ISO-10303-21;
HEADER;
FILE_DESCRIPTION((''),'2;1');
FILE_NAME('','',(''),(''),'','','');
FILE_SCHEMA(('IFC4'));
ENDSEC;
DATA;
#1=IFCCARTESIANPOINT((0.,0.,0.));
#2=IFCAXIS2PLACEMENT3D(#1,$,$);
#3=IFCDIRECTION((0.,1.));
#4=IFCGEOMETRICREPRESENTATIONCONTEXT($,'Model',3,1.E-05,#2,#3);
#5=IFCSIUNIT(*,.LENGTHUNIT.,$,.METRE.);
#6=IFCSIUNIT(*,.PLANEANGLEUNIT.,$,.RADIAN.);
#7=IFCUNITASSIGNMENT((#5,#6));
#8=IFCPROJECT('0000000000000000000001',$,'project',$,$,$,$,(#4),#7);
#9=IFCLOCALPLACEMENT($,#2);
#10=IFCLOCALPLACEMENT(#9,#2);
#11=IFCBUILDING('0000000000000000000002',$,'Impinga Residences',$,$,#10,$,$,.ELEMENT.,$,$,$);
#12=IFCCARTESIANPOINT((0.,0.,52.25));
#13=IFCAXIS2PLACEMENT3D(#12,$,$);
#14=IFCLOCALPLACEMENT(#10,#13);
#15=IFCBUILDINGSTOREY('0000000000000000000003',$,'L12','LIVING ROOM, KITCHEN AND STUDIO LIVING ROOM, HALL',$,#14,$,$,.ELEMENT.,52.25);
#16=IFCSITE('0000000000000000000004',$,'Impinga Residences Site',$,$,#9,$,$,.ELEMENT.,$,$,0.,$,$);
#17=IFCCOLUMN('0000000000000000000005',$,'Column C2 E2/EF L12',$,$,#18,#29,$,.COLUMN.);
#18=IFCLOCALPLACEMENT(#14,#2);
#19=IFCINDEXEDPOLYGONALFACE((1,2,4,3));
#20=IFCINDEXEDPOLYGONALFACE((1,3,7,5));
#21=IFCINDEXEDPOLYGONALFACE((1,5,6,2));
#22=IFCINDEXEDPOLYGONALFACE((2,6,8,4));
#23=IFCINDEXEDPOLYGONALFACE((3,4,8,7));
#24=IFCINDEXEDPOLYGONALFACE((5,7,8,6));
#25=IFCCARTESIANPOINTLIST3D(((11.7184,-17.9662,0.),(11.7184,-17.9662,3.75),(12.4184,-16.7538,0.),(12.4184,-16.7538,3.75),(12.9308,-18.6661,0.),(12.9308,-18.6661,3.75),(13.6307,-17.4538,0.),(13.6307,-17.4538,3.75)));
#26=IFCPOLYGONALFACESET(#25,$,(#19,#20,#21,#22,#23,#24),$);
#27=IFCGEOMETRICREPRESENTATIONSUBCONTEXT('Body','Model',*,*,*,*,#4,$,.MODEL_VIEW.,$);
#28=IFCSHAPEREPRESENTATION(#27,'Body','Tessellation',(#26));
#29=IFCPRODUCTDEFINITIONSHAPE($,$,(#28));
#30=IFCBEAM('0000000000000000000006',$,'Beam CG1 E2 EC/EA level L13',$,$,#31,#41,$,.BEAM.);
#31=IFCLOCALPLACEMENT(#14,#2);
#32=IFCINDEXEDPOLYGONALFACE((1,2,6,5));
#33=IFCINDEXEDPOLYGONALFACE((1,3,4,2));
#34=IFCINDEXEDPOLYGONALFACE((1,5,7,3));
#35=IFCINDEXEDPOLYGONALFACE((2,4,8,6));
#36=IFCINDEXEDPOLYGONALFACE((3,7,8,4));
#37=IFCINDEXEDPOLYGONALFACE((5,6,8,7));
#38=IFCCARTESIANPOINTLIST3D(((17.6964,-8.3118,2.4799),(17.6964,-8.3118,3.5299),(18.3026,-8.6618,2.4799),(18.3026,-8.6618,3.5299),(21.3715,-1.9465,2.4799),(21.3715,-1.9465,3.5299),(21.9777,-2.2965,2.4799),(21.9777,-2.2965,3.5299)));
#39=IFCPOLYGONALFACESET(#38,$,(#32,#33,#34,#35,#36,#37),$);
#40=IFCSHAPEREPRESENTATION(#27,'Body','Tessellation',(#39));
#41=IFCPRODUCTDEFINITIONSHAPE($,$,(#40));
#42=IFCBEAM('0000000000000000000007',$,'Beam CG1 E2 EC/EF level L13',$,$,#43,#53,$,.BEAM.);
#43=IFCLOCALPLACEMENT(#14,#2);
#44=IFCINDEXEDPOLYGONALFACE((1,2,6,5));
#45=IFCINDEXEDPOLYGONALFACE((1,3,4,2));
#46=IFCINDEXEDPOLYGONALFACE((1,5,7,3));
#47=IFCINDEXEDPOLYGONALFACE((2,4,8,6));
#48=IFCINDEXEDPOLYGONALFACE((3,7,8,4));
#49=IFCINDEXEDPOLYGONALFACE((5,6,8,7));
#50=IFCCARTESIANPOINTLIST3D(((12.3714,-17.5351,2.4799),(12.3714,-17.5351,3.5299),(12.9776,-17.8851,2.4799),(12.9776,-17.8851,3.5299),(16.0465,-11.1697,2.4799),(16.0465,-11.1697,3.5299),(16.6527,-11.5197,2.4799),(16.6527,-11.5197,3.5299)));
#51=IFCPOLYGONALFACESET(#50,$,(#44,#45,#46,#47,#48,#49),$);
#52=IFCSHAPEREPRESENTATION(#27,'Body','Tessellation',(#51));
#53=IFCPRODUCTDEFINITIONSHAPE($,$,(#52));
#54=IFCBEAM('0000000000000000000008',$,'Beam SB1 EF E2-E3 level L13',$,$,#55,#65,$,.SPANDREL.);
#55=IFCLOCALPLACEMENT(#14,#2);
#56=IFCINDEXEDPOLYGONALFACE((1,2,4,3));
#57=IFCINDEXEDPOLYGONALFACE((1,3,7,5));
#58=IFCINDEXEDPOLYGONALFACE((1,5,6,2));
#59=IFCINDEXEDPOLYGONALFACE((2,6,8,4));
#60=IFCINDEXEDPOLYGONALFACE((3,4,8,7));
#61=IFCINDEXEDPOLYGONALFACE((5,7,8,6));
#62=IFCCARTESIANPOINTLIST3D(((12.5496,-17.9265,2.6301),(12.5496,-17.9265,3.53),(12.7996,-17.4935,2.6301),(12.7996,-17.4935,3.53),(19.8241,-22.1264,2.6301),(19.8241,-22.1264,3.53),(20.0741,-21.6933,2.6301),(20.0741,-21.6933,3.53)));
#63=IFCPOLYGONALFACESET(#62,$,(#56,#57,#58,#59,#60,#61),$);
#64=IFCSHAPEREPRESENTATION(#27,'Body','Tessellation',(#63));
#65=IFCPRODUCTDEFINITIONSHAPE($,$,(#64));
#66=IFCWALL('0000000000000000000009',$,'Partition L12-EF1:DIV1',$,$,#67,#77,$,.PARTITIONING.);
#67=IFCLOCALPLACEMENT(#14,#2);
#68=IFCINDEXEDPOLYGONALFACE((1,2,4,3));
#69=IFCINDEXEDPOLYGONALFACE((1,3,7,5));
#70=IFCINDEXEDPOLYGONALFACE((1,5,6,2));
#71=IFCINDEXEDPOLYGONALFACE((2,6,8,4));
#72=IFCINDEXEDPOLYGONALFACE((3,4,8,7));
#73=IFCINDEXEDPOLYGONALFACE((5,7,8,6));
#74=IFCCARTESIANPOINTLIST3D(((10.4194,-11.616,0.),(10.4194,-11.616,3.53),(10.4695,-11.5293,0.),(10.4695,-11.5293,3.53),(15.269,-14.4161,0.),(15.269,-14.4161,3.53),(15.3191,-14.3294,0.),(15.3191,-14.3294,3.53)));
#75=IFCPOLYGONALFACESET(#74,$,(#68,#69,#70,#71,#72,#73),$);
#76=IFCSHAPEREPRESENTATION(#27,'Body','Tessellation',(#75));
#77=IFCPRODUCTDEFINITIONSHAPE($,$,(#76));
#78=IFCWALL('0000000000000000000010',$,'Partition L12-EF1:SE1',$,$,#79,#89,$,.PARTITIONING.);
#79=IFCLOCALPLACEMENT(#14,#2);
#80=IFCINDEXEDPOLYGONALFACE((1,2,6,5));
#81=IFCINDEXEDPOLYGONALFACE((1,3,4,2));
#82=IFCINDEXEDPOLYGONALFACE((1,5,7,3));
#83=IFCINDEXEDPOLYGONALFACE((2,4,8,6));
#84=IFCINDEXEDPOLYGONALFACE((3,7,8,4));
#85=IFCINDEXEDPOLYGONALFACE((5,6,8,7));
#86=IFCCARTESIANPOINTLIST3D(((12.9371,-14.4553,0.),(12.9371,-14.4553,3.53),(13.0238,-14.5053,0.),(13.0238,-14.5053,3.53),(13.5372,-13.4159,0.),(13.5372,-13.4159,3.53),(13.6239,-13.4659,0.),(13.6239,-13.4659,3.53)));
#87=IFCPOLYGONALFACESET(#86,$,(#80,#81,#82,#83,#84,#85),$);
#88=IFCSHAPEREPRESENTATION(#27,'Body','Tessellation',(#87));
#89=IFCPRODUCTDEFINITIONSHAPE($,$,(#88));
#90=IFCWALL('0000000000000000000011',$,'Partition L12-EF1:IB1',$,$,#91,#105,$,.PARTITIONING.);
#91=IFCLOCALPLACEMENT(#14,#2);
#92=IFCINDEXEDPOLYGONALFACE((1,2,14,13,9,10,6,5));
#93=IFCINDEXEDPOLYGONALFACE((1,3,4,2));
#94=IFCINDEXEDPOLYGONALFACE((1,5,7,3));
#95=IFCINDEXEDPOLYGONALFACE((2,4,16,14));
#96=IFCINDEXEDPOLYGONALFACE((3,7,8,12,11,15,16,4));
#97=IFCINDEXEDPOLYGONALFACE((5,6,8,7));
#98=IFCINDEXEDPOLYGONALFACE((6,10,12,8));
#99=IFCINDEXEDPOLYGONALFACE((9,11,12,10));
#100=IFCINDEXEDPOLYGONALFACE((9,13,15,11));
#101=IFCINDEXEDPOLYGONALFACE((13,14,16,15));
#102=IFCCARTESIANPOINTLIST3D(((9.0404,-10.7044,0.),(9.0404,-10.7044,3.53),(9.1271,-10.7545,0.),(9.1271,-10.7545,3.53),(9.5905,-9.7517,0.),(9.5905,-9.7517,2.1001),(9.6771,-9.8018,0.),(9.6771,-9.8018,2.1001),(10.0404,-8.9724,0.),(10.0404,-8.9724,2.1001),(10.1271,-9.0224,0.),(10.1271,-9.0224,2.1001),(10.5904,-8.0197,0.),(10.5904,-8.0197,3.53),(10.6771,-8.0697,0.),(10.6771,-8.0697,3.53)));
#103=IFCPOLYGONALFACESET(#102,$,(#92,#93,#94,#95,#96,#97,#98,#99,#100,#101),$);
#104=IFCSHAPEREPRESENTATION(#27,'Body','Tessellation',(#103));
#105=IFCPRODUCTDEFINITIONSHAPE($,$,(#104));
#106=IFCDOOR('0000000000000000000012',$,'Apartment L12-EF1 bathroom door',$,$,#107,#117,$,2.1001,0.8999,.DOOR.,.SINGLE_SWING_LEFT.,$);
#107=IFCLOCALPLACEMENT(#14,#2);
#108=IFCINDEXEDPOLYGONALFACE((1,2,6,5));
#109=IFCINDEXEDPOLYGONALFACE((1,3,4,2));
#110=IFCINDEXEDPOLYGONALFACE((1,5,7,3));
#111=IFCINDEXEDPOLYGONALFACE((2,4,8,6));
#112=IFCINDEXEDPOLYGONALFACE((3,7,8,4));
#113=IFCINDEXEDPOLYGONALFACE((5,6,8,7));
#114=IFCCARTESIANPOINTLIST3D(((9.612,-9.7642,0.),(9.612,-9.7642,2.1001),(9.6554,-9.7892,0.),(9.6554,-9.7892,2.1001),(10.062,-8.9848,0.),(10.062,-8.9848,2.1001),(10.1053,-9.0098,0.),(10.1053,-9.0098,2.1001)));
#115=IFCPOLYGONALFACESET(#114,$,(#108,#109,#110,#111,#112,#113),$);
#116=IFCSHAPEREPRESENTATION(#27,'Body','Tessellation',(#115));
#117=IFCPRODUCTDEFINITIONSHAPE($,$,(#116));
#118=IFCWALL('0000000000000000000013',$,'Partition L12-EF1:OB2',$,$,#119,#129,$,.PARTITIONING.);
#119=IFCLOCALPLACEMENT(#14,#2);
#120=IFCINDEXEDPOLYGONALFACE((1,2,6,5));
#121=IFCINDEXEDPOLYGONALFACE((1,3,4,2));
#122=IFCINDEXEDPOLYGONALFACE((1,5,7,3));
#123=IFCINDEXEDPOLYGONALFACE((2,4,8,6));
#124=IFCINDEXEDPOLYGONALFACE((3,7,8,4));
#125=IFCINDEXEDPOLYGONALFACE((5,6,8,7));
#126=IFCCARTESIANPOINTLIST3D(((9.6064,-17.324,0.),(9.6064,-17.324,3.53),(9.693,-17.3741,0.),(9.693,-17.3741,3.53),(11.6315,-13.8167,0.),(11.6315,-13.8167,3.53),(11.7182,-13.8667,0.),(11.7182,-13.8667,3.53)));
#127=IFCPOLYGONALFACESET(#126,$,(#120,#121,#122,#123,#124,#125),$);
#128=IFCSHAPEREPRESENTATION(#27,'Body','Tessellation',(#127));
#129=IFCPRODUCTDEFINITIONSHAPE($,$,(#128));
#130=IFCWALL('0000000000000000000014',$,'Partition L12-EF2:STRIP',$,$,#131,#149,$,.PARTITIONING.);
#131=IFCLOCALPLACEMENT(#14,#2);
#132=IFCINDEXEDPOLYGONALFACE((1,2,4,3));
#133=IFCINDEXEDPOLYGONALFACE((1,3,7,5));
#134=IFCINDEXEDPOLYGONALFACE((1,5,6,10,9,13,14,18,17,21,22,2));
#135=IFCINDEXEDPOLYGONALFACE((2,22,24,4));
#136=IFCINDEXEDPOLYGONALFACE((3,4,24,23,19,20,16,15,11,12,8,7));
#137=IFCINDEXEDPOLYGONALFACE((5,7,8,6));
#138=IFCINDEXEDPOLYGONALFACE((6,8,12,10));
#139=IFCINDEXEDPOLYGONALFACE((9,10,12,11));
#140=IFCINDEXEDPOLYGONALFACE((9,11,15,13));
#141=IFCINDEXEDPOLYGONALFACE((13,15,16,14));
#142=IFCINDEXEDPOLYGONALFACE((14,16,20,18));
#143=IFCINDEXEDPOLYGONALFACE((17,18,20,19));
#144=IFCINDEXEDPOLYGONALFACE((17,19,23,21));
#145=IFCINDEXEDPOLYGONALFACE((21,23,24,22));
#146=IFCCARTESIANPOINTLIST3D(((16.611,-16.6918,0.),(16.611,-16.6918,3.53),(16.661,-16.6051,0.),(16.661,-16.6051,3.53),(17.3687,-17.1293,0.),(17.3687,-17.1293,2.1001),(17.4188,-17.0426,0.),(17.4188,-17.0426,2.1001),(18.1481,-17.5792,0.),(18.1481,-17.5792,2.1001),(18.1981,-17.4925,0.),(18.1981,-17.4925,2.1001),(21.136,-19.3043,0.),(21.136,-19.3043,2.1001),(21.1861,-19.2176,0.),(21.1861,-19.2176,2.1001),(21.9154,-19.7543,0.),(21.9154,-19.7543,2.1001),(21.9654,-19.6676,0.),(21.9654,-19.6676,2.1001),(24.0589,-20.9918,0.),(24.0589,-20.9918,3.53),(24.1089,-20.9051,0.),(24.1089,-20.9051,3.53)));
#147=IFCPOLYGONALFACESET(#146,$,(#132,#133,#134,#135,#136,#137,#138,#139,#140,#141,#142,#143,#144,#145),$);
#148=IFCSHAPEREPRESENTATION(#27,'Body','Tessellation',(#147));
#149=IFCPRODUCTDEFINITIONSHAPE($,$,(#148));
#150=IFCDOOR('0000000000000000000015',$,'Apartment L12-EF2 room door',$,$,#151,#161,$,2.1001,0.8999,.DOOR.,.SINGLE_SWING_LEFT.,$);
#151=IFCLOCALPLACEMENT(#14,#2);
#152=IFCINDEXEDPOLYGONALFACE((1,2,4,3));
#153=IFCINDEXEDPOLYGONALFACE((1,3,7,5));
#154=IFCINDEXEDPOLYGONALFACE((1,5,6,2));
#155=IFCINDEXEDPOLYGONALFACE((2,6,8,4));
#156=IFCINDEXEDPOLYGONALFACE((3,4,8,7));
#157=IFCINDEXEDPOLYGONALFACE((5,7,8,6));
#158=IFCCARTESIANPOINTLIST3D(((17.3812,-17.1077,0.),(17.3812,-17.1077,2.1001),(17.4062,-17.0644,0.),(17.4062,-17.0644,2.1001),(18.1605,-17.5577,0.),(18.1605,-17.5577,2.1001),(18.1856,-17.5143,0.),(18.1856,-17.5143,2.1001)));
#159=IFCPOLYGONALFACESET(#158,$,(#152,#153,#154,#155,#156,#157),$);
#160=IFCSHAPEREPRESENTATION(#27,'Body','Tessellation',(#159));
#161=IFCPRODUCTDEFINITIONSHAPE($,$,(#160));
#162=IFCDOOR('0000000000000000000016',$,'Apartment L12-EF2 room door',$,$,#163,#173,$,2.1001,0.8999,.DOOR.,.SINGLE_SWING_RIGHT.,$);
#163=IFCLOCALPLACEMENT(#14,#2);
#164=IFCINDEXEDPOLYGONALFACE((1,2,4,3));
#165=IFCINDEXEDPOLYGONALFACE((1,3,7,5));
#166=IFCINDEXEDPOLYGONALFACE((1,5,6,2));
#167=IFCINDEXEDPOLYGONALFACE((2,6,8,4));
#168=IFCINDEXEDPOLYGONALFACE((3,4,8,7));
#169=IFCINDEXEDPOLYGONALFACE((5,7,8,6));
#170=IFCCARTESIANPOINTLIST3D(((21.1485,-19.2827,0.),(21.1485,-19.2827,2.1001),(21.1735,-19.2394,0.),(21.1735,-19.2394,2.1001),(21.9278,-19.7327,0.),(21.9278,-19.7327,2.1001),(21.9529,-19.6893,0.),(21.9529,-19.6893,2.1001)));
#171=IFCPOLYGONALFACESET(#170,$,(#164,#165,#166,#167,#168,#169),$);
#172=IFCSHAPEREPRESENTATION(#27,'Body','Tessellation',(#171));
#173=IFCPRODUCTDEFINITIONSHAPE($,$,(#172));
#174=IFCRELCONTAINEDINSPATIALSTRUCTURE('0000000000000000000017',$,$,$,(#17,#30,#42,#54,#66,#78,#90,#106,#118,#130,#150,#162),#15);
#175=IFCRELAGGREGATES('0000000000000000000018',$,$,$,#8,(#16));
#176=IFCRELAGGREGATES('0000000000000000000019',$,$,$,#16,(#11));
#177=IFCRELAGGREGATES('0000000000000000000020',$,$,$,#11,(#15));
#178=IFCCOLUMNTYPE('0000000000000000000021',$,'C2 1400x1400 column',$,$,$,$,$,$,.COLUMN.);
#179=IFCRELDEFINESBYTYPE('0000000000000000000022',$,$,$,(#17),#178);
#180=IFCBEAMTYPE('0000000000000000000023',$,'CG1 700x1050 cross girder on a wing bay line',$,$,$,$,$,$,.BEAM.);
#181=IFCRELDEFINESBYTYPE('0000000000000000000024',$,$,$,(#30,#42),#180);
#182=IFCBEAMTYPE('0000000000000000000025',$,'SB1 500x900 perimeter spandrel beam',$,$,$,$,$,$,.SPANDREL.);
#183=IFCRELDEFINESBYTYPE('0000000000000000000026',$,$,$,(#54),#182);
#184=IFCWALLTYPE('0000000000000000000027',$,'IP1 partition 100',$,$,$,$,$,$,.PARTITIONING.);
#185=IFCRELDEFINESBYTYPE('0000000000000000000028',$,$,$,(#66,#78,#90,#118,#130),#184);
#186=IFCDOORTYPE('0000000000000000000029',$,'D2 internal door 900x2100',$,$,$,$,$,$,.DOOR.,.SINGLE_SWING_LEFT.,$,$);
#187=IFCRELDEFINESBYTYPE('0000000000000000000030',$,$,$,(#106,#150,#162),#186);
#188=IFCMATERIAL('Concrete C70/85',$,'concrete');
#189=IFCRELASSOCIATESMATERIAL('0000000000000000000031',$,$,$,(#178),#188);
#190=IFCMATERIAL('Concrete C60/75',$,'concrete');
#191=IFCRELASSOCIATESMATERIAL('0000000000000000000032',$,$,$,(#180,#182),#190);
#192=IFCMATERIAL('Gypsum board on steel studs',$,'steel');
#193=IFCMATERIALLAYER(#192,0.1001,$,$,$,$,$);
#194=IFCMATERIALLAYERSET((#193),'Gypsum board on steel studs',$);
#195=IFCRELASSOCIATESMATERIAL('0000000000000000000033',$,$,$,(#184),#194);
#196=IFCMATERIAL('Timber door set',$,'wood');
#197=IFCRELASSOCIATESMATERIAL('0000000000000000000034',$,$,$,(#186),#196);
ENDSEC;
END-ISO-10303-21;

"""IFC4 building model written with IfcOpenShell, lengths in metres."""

from ifc_helpers import new_model, si_unit, direction, frame, frame_2d, origin, origin_2d, place, context, subcontext, project, spatial, rectangle, extrude, material, layer, layer_set, material_profile, profile_set, type_object, element, fill, save


model = new_model("IFC4")

# Units and contexts
model_context = context("Model", 3, precision=1e-05, world=origin(), true_north=direction((0.0, 1.0)))
body_context = subcontext(model_context, "Body", "Model", "MODEL_VIEW")
ifc_project = project(units=[si_unit("LENGTHUNIT", "METRE"), si_unit("PLANEANGLEUNIT", "RADIAN")], contexts=[model_context])

# Site, building, storey
site_placement = place(None, origin())
site = spatial("IfcSite", under=ifc_project, at=site_placement, Name="Impinga Residences Site", CompositionType="ELEMENT", RefElevation=0.0)
building_placement = place(site_placement, origin())
building = spatial("IfcBuilding", under=site, at=building_placement, Name="Impinga Residences", CompositionType="ELEMENT")
storey_placement = place(building_placement, frame((0.0, 0.0, 52.25)))
storey = spatial("IfcBuildingStorey", under=building, at=storey_placement, Name="L12", Description="LIVING ROOM, KITCHEN AND STUDIO LIVING ROOM, HALL", CompositionType="ELEMENT", Elevation=52.25)

# Column
ifc_material_1 = material(Name="Concrete C70/85", Category="concrete")
ifc_material_profile_1 = material_profile(ifc_material_1, rectangle(XDim=1.3999, YDim=1.3999, at=origin_2d()), Name="RC 1400x1400")
ifc_profile_set_1 = profile_set([ifc_material_profile_1], Name="Concrete C70/85")
column_type = type_object("IfcColumnType", Name="C2 1400x1400 column", PredefinedType="COLUMN", material=ifc_profile_set_1)
column_placement = place(storey_placement, frame((12.6746, -17.71, 0.0), z_axis=(0.0, 0.0, 1.0), x_axis=(-0.5, -0.866025, 0.0)))
element("IfcColumn", 1, at=column_placement, inside=storey, type_object=column_type, Name="Column C2 E2/EF L12", PredefinedType="COLUMN", context=body_context, shape_type="SweptSolid", body=[
    extrude(rectangle(XDim=1.3999, YDim=1.3999, at=origin_2d()), origin(), (0.0, 0.0, 1.0), 3.75),
])

# Beams
ifc_material_2 = material(Name="Concrete C60/75", Category="concrete")
ifc_material_profile_2 = material_profile(ifc_material_2, rectangle(XDim=0.7, YDim=1.05, at=origin_2d()), Name="RC 700x1050")
ifc_profile_set_2 = profile_set([ifc_material_profile_2], Name="Concrete C60/75")
beam_type_1 = type_object("IfcBeamType", Name="CG1 700x1050 cross girder on a wing bay line", PredefinedType="BEAM", material=ifc_profile_set_2)
for number, where, z_axis, x_axis, name in (
    (2, (17.9995, -8.4868, 3.0049), (0.500008, 0.866021, 0.0), (-0.866021, 0.500008, 0.0), "Beam CG1 E2 EC/EA level L13"),
    (3, (16.3496, -11.3447, 3.0049), (-0.500008, -0.866021, 0.0), (0.866021, -0.500008, 0.0), "Beam CG1 E2 EC/EF level L13"),
):
    element("IfcBeam", number, at=place(storey_placement, frame(where, z_axis=z_axis, x_axis=x_axis)), inside=storey, type_object=beam_type_1, Name=name, PredefinedType="BEAM", context=body_context, shape_type="SweptSolid", body=[
        extrude(rectangle(XDim=0.7, YDim=1.05, at=origin_2d()), origin(), (0.0, 0.0, 1.0), 7.3501),
    ])
ifc_material_profile_3 = material_profile(ifc_material_2, rectangle(XDim=0.5, YDim=0.8999, at=origin_2d()), Name="RC 500x900")
ifc_profile_set_3 = profile_set([ifc_material_profile_3], Name="Concrete C60/75")
beam_type_2 = type_object("IfcBeamType", Name="SB1 500x900 perimeter spandrel beam", PredefinedType="SPANDREL", material=ifc_profile_set_3)
beam_placement = place(storey_placement, frame((12.6746, -17.71, 3.0801), z_axis=(0.866029, -0.499993, 0.0), x_axis=(0.499993, 0.866029, 0.0)))
element("IfcBeam", 4, at=beam_placement, inside=storey, type_object=beam_type_2, Name="Beam SB1 EF E2-E3 level L13", PredefinedType="SPANDREL", context=body_context, shape_type="SweptSolid", body=[
    extrude(rectangle(XDim=0.5, YDim=0.8999, at=origin_2d()), origin(), (0.0, 0.0, 1.0), 8.3999),
])

# Walls
ifc_material_3 = material(Name="Gypsum board on steel studs", Category="steel")
ifc_layer_1 = layer(ifc_material_3, 0.1001)
ifc_layer_set_1 = layer_set([ifc_layer_1], Name="Gypsum board on steel studs")
wall_type_1 = type_object("IfcWallType", Name="IP1 partition 100", PredefinedType="PARTITIONING", material=ifc_layer_set_1)
wall_1_placement = place(storey_placement, frame((10.4446, -11.5728, 0.0), z_axis=(0.0, 0.0, 1.0), x_axis=(0.866016, -0.500017, 0.0)))
element("IfcWall", 5, at=wall_1_placement, inside=storey, type_object=wall_type_1, Name="Partition L12-EF1:DIV1", PredefinedType="PARTITIONING", context=body_context, shape_type="SweptSolid", body=[
    extrude(rectangle(XDim=5.5999, YDim=0.1001, at=frame_2d((2.7998, 0.0))), origin(), (0.0, 0.0, 1.0), 3.53),
])
wall_2_placement = place(storey_placement, frame((13.5806, -13.4409, 0.0), z_axis=(0.0, 0.0, 1.0), x_axis=(-0.500034, -0.866006, 0.0)))
element("IfcWall", 6, at=wall_2_placement, inside=storey, type_object=wall_type_1, Name="Partition L12-EF1:SE1", PredefinedType="PARTITIONING", context=body_context, shape_type="SweptSolid", body=[
    extrude(rectangle(XDim=1.2002, YDim=0.1001, at=frame_2d((0.6001, 0.0))), origin(), (0.0, 0.0, 1.0), 3.53),
])

# Wall, opening, door
wall_3_placement = place(storey_placement, frame((10.6338, -8.0447, 0.0), z_axis=(0.0, 0.0, 1.0), x_axis=(-0.499993, -0.86603, 0.0)))
wall_3 = element("IfcWall", 7, at=wall_3_placement, inside=storey, type_object=wall_type_1, Name="Partition L12-EF1:IB1", PredefinedType="PARTITIONING", context=body_context, shape_type="SweptSolid", body=[
    extrude(rectangle(XDim=3.1001, YDim=0.1001, at=frame_2d((1.55, 0.0))), origin(), (0.0, 0.0, 1.0), 3.53),
])
opening_1_placement = place(wall_3_placement, frame((1.1001, 0.0, 0.0)))
opening_1 = element("IfcOpeningElement", 8, at=opening_1_placement, cuts=wall_3, PredefinedType="OPENING", context=body_context, shape_type="SweptSolid", body=[
    extrude(rectangle(XDim=0.8999, YDim=2.1001, at=frame_2d((0.45, 1.05))), frame((0.0, 0.0601, 0.0), z_axis=(0.0, -1.0, 0.0), x_axis=(1.0, 0.0, 0.0)), (0.0, 0.0, 1.0), 0.1201),
])
ifc_material_4 = material(Name="Timber door set", Category="wood")
door_type = type_object("IfcDoorType", Name="D2 internal door 900x2100", OperationType="SINGLE_SWING_LEFT", PredefinedType="DOOR", material=ifc_material_4)
door_1_placement = place(opening_1_placement, origin())
door_1 = element("IfcDoor", 9, at=door_1_placement, inside=storey, type_object=door_type, Name="Apartment L12-EF1 bathroom door", OperationType="SINGLE_SWING_LEFT", OverallHeight=2.1001, OverallWidth=0.8999, PredefinedType="DOOR", context=body_context, shape_type="SweptSolid", body=[
    extrude(rectangle(XDim=0.8999, YDim=2.1001, at=frame_2d((0.45, 1.05))), frame((0.0, 0.0249, 0.0), z_axis=(0.0, -1.0, 0.0), x_axis=(1.0, 0.0, 0.0)), (0.0, 0.0, 1.0), 0.05),
])
fill(opening_1, door_1)

# Wall
wall_4_placement = place(storey_placement, frame((11.6748, -13.8418, 0.0), z_axis=(0.0, 0.0, 1.0), x_axis=(-0.500036, -0.866005, 0.0)))
element("IfcWall", 10, at=wall_4_placement, inside=storey, type_object=wall_type_1, Name="Partition L12-EF1:OB2", PredefinedType="PARTITIONING", context=body_context, shape_type="SweptSolid", body=[
    extrude(rectangle(XDim=4.05, YDim=0.1001, at=frame_2d((2.0249, 0.0))), origin(), (0.0, 0.0, 1.0), 3.53),
])

# Wall, openings, doors
wall_5_placement = place(storey_placement, frame((16.636, -16.6484, 0.0), z_axis=(0.0, 0.0, 1.0), x_axis=(0.866028, -0.499995, 0.0)))
wall_5 = element("IfcWall", 11, at=wall_5_placement, inside=storey, type_object=wall_type_1, Name="Partition L12-EF2:STRIP", PredefinedType="PARTITIONING", context=body_context, shape_type="SweptSolid", body=[
    extrude(rectangle(XDim=8.6001, YDim=0.1001, at=frame_2d((4.3, 0.0))), origin(), (0.0, 0.0, 1.0), 3.53),
])
opening_2_placement = place(wall_5_placement, frame((0.875, 0.0, 0.0)))
opening_2 = element("IfcOpeningElement", 12, at=opening_2_placement, cuts=wall_5, PredefinedType="OPENING", context=body_context, shape_type="SweptSolid", body=[
    extrude(rectangle(XDim=0.8999, YDim=2.1001, at=frame_2d((0.45, 1.05))), frame((0.0, 0.0601, 0.0), z_axis=(0.0, -1.0, 0.0), x_axis=(1.0, 0.0, 0.0)), (0.0, 0.0, 1.0), 0.1201),
])
opening_3_placement = place(wall_5_placement, frame((5.2251, 0.0, 0.0)))
opening_3 = element("IfcOpeningElement", 13, at=opening_3_placement, cuts=wall_5, PredefinedType="OPENING", context=body_context, shape_type="SweptSolid", body=[
    extrude(rectangle(XDim=0.8999, YDim=2.1001, at=frame_2d((0.45, 1.05))), frame((0.0, 0.0601, 0.0), z_axis=(0.0, -1.0, 0.0), x_axis=(1.0, 0.0, 0.0)), (0.0, 0.0, 1.0), 0.1201),
])
door_2_placement = place(opening_2_placement, origin())
door_2 = element("IfcDoor", 14, at=door_2_placement, inside=storey, type_object=door_type, Name="Apartment L12-EF2 room door", OperationType="SINGLE_SWING_LEFT", OverallHeight=2.1001, OverallWidth=0.8999, PredefinedType="DOOR", context=body_context, shape_type="SweptSolid", body=[
    extrude(rectangle(XDim=0.8999, YDim=2.1001, at=frame_2d((0.45, 1.05))), frame((0.0, 0.0249, 0.0), z_axis=(0.0, -1.0, 0.0), x_axis=(1.0, 0.0, 0.0)), (0.0, 0.0, 1.0), 0.05),
])
fill(opening_2, door_2)
door_3_placement = place(opening_3_placement, origin())
door_3 = element("IfcDoor", 15, at=door_3_placement, inside=storey, type_object=door_type, Name="Apartment L12-EF2 room door", OperationType="SINGLE_SWING_RIGHT", OverallHeight=2.1001, OverallWidth=0.8999, PredefinedType="DOOR", context=body_context, shape_type="SweptSolid", body=[
    extrude(rectangle(XDim=0.8999, YDim=2.1001, at=frame_2d((0.45, 1.05))), frame((0.0, 0.0249, 0.0), z_axis=(0.0, -1.0, 0.0), x_axis=(1.0, 0.0, 0.0)), (0.0, 0.0, 1.0), 0.05),
])
fill(opening_3, door_3)

save(model, "model.ifc")
